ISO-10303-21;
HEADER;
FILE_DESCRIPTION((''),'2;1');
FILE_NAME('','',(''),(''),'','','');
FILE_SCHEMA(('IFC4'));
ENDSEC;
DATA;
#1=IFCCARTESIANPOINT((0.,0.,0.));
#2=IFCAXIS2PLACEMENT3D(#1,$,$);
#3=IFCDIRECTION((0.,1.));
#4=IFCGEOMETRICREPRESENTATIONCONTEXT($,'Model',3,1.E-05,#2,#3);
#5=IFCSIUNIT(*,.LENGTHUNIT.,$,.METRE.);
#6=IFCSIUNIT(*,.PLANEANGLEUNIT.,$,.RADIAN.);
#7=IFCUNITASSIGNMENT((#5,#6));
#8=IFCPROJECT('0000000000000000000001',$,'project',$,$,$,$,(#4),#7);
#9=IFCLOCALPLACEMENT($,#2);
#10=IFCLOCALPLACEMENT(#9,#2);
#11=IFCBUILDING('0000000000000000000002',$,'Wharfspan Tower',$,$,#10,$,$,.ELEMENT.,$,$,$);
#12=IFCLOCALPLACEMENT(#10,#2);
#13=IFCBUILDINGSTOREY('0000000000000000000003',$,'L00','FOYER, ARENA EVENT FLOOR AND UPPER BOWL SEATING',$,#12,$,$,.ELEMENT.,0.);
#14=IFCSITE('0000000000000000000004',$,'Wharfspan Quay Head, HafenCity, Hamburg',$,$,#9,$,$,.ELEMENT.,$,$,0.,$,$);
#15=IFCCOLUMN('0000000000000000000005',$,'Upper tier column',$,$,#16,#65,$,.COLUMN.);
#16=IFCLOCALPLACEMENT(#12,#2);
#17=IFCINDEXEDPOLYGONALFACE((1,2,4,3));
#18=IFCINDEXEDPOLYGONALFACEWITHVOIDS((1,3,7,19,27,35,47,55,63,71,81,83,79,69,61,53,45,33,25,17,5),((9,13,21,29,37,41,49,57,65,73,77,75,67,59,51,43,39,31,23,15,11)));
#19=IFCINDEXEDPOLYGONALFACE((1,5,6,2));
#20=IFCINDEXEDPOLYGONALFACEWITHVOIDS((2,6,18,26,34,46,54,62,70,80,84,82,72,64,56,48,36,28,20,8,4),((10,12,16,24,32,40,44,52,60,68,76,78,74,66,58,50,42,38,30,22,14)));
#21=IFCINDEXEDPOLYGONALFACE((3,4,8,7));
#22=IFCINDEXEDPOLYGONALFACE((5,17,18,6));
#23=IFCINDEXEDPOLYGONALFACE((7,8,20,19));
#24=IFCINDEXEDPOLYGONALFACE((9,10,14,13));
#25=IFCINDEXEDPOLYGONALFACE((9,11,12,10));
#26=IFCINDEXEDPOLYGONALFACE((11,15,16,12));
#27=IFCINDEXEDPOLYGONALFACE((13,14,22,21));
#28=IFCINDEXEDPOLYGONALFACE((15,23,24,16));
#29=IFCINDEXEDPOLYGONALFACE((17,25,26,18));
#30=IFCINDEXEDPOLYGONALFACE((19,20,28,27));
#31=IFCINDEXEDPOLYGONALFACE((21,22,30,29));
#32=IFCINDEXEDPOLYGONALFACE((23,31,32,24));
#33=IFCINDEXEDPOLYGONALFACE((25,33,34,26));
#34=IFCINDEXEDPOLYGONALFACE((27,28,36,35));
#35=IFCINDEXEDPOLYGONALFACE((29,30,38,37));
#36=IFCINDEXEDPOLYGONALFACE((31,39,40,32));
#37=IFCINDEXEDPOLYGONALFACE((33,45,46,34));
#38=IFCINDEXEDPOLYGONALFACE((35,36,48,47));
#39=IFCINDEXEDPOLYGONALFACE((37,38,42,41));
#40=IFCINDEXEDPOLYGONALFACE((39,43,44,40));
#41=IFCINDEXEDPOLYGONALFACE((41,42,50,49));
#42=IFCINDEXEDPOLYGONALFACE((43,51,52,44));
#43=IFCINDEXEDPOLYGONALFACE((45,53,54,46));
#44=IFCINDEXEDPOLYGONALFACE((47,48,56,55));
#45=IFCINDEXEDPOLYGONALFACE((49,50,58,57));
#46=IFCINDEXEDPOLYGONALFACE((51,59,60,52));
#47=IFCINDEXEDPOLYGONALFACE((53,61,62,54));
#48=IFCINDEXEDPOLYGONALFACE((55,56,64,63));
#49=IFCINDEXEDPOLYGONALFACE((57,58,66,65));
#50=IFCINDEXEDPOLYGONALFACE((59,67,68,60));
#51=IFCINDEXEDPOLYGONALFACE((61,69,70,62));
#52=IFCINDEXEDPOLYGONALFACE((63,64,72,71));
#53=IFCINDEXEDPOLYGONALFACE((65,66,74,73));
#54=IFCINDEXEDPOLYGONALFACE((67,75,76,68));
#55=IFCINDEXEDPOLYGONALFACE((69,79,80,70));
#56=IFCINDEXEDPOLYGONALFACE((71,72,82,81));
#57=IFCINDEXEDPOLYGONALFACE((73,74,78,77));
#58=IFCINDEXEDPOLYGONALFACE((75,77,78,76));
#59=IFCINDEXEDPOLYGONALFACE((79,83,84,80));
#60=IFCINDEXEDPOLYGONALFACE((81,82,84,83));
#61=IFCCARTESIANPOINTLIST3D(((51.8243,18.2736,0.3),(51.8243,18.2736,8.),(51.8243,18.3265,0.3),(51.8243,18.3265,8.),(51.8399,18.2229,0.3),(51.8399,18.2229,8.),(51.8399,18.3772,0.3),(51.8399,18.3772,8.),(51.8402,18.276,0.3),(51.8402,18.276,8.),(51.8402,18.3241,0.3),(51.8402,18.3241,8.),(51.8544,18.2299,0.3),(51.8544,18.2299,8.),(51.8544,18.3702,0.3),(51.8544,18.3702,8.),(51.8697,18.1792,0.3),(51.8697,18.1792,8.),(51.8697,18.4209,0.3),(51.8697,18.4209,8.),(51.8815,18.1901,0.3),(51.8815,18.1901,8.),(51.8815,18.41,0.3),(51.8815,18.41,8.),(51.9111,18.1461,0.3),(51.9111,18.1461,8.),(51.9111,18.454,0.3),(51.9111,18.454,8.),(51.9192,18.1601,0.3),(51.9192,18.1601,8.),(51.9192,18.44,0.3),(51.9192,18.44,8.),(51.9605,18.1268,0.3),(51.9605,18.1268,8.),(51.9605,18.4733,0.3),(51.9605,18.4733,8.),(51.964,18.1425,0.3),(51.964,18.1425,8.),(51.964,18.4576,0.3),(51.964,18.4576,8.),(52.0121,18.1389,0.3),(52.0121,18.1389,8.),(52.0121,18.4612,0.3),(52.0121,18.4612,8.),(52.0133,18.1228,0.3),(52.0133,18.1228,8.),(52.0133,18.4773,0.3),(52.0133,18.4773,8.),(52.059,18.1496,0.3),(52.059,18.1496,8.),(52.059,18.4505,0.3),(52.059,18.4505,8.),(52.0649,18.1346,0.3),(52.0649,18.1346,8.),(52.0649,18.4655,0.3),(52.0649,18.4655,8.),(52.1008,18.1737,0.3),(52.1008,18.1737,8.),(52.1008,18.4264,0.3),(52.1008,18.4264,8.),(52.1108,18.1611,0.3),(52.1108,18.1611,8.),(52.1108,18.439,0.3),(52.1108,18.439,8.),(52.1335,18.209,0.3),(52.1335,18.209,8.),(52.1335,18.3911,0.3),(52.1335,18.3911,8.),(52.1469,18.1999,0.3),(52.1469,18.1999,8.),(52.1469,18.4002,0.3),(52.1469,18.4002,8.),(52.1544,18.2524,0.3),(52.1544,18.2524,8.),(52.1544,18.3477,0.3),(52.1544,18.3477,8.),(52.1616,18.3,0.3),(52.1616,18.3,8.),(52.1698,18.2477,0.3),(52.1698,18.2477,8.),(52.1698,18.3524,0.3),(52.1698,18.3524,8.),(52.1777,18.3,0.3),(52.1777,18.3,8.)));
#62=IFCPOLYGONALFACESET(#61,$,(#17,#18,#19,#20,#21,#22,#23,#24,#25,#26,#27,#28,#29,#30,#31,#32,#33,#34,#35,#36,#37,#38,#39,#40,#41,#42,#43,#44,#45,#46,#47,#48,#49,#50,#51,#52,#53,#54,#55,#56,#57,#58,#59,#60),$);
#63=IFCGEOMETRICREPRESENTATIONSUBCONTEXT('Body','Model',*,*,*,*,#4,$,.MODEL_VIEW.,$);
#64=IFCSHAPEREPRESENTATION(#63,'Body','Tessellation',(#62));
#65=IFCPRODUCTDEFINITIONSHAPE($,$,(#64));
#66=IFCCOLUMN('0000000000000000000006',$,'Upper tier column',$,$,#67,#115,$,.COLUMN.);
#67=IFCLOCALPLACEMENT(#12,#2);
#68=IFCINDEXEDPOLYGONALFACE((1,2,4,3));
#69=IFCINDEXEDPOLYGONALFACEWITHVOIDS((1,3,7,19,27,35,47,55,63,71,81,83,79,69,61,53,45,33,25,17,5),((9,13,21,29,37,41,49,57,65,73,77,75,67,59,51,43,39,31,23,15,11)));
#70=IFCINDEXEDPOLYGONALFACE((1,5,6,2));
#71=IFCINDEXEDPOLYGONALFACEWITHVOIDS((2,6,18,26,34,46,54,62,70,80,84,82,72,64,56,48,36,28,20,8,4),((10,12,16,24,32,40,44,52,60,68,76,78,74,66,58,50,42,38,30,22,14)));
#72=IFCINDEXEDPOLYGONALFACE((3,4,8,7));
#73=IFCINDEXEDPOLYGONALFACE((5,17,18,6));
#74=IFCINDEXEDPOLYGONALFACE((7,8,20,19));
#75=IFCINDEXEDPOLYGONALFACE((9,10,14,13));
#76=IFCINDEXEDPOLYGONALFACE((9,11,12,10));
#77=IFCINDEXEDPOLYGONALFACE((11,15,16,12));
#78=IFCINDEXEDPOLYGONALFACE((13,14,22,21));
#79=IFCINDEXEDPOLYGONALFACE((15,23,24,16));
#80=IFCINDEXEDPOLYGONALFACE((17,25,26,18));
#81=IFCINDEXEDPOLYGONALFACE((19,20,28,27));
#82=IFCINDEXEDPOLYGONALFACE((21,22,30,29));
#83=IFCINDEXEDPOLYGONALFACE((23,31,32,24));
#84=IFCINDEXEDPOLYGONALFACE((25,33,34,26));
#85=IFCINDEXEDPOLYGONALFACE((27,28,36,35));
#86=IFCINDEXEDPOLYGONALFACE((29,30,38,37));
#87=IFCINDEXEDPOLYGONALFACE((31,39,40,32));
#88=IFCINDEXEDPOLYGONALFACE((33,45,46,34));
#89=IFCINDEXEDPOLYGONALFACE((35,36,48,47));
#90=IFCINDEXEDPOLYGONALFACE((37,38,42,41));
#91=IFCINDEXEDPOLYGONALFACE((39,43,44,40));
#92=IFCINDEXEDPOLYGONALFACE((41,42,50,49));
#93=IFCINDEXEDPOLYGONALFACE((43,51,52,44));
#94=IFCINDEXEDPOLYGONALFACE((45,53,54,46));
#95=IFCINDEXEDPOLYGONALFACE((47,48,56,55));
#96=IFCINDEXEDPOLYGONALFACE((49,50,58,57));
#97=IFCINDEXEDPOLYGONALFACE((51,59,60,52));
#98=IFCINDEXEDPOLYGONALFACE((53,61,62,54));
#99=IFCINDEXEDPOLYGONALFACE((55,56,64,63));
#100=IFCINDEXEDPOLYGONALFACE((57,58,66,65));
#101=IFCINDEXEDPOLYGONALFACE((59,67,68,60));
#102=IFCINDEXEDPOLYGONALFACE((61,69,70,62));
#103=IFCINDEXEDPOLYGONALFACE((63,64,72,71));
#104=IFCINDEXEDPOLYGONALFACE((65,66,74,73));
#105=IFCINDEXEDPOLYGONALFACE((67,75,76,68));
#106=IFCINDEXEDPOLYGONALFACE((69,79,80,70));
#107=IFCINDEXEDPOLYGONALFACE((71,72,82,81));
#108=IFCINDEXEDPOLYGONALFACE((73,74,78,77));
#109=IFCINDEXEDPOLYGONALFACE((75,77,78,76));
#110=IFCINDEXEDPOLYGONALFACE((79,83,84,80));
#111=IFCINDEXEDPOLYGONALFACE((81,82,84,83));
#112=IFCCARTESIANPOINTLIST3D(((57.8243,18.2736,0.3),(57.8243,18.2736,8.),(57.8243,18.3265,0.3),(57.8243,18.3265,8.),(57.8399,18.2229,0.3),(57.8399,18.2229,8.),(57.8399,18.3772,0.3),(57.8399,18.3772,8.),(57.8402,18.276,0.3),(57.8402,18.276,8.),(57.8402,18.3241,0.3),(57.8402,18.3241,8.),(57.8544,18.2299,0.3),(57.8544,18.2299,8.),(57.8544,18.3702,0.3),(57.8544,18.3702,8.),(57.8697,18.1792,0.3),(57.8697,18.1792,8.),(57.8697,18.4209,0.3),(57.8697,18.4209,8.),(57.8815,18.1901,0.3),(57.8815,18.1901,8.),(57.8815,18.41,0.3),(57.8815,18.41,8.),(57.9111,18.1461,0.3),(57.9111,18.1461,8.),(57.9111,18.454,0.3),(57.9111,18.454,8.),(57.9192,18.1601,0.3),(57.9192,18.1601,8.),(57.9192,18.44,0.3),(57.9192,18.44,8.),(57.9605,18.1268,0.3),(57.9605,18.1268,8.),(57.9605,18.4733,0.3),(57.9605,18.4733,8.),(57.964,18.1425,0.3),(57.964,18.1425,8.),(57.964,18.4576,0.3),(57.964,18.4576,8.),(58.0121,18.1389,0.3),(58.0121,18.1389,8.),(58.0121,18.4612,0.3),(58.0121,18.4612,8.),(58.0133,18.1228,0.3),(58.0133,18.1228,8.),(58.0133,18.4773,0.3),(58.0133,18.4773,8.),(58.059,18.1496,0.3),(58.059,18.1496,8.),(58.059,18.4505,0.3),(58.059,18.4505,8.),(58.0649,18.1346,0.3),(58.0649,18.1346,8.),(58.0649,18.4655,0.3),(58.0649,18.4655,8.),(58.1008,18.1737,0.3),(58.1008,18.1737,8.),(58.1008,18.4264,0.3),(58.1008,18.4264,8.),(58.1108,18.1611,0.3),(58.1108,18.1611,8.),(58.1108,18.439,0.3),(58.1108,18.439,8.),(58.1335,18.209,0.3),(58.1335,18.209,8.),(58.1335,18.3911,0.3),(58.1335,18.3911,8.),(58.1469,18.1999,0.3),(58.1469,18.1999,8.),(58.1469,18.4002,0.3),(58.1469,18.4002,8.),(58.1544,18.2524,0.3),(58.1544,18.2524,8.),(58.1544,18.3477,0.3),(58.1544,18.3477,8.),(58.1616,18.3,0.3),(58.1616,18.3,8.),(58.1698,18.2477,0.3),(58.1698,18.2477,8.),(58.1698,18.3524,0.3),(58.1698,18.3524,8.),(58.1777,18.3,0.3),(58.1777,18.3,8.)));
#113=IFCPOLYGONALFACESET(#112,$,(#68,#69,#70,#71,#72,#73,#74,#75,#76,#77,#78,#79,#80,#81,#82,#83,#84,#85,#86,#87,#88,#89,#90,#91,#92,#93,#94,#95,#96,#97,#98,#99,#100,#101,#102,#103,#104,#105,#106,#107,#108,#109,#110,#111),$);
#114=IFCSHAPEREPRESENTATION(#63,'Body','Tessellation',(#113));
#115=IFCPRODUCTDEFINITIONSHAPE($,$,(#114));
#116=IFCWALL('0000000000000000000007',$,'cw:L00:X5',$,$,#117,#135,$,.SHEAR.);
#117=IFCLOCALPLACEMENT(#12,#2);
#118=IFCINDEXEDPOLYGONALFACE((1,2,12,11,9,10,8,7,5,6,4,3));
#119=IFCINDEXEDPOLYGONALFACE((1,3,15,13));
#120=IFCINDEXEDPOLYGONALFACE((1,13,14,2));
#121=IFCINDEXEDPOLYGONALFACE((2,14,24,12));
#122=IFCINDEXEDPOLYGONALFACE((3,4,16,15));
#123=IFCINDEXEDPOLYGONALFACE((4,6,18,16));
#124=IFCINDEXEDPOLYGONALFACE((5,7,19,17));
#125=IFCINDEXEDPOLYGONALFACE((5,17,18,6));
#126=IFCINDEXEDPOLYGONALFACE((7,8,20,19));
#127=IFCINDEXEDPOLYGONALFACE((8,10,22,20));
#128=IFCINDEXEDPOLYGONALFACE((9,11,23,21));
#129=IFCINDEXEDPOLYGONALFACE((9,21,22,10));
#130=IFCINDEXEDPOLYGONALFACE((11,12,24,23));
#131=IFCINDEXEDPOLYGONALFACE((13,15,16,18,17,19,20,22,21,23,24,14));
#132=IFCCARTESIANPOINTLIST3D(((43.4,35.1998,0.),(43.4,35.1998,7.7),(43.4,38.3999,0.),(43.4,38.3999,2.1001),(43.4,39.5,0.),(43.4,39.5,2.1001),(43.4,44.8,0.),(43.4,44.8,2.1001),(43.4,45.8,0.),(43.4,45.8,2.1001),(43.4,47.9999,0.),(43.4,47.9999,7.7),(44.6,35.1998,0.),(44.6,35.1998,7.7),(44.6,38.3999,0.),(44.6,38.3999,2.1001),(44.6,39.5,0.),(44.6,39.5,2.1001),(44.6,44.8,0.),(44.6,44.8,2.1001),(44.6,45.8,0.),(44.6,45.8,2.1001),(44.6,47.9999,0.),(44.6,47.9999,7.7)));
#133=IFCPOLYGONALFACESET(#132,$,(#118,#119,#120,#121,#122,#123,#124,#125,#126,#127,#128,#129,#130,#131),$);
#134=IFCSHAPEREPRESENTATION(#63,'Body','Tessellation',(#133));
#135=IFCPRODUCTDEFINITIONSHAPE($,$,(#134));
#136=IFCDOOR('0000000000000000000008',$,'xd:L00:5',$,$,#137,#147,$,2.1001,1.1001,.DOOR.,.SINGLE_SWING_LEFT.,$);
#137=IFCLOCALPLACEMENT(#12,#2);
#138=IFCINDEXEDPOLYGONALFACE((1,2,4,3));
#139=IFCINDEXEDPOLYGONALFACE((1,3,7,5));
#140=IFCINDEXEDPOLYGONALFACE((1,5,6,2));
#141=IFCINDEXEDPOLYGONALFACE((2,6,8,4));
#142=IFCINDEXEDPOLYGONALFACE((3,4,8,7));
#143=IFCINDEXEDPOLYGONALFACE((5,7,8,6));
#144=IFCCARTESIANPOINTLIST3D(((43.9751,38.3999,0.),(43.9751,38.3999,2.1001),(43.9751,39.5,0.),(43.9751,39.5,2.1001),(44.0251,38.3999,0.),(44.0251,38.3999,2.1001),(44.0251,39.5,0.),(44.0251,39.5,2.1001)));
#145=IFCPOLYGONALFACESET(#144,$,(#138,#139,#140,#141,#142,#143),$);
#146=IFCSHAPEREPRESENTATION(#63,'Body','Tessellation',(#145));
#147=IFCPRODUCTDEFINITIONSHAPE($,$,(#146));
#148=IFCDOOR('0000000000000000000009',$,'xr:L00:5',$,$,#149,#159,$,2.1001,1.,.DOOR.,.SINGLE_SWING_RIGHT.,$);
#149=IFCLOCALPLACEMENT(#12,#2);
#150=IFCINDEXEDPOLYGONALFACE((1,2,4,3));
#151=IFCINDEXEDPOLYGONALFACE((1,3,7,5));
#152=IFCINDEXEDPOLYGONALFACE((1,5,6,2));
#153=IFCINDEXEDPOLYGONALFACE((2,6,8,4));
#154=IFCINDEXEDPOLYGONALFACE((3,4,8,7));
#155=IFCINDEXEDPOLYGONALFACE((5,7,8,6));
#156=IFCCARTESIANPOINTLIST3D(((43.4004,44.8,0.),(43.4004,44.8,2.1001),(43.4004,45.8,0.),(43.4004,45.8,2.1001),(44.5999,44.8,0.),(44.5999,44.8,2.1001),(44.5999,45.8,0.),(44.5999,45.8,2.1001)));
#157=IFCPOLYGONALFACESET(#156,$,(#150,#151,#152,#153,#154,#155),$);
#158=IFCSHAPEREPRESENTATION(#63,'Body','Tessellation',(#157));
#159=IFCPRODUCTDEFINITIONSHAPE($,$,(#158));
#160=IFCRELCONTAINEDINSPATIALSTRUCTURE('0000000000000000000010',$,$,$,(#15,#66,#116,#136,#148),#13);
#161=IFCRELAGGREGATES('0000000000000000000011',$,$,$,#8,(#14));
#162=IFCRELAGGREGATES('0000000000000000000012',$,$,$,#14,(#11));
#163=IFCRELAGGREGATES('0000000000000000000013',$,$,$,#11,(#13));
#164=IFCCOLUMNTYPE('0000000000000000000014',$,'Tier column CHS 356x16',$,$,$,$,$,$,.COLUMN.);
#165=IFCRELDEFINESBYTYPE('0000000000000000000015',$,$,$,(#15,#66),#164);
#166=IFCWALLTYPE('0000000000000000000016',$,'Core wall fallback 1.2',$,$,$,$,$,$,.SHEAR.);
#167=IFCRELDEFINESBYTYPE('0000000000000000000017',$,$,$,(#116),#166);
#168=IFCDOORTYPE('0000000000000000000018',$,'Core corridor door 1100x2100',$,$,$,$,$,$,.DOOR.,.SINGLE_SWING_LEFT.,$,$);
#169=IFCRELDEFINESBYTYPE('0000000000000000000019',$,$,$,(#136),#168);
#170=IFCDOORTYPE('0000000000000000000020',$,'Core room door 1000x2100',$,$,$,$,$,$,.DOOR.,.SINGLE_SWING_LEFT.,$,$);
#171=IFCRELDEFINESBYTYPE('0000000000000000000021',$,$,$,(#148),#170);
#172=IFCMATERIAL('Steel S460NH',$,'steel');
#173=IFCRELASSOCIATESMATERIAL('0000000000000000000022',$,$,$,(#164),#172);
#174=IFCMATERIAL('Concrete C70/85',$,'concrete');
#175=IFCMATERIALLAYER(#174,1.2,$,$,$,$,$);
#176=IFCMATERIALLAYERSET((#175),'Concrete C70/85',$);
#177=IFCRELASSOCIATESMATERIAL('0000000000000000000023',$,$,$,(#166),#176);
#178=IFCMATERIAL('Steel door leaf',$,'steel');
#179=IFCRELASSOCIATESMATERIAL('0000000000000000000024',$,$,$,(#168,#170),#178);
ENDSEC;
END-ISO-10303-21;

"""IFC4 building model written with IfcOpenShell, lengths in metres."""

from ifc_helpers import new_model, si_unit, direction, frame, frame_2d, origin, origin_2d, place, context, subcontext, project, spatial, rectangle, hollow_circle, extrude, material, layer, layer_set, material_profile, profile_set, type_object, element, fill, save


model = new_model("IFC4")

# Units and contexts
model_context = context("Model", 3, precision=1e-05, world=origin(), true_north=direction((0.0, 1.0)))
body_context = subcontext(model_context, "Body", "Model", "MODEL_VIEW")
ifc_project = project(units=[si_unit("LENGTHUNIT", "METRE"), si_unit("PLANEANGLEUNIT", "RADIAN")], contexts=[model_context])

# Site, building, storey
site_placement = place(None, origin())
site = spatial("IfcSite", under=ifc_project, at=site_placement, Name="Wharfspan Quay Head, HafenCity, Hamburg", CompositionType="ELEMENT", RefElevation=0.0)
building_placement = place(site_placement, origin())
building = spatial("IfcBuilding", under=site, at=building_placement, Name="Wharfspan Tower", CompositionType="ELEMENT")
storey_placement = place(building_placement, origin())
storey = spatial("IfcBuildingStorey", under=building, at=storey_placement, Name="L00", Description="FOYER, ARENA EVENT FLOOR AND UPPER BOWL SEATING", CompositionType="ELEMENT", Elevation=0.0)

# Columns
ifc_material_1 = material(Name="Steel S460NH", Category="steel")
ifc_material_profile_1 = material_profile(ifc_material_1, hollow_circle(Radius=0.1777, WallThickness=0.0161, at=origin_2d()))
ifc_profile_set_1 = profile_set([ifc_material_profile_1], Name="Steel S460NH")
column_type_1 = type_object("IfcColumnType", Name="Tier column CHS 356x16", PredefinedType="COLUMN", material=ifc_profile_set_1)
for number, where, z_axis, x_axis, name in (
    (1, (52.0, 18.3, 0.3), (0.0, 0.0, 1.0), (1.0, 0.0, 0.0), "Upper tier column"),
    (2, (58.0, 18.3, 0.3), (0.0, 0.0, 1.0), (1.0, 0.0, 0.0), "Upper tier column"),
):
    element("IfcColumn", number, at=place(storey_placement, frame(where, z_axis=z_axis, x_axis=x_axis)), inside=storey, type_object=column_type_1, Name=name, PredefinedType="COLUMN", context=body_context, shape_type="SweptSolid", body=[
        extrude(hollow_circle(Radius=0.1777, WallThickness=0.0161, at=origin_2d()), origin(), (0.0, 0.0, 1.0), 7.7),
    ])

# Wall, openings, doors
ifc_material_2 = material(Name="Concrete C70/85", Category="concrete")
ifc_layer_1 = layer(ifc_material_2, 1.2)
ifc_layer_set_1 = layer_set([ifc_layer_1], Name="Concrete C70/85")
wall_type_1 = type_object("IfcWallType", Name="Core wall fallback 1.2", PredefinedType="SHEAR", material=ifc_layer_set_1)
wall_1_placement = place(storey_placement, frame((44.0, 35.2, 0.0), z_axis=(0.0, 0.0, 1.0), x_axis=(0.0, 1.0, 0.0)))
wall_1 = element("IfcWall", 3, at=wall_1_placement, inside=storey, type_object=wall_type_1, Name="cw:L00:X5", PredefinedType="SHEAR", context=body_context, shape_type="SweptSolid", body=[
    extrude(rectangle(XDim=12.8, YDim=1.2, at=frame_2d((6.3999, 0.0))), origin(), (0.0, 0.0, 1.0), 7.7),
])
opening_1_placement = place(wall_1_placement, frame((3.2, 0.0, 0.0)))
opening_1 = element("IfcOpeningElement", 4, at=opening_1_placement, cuts=wall_1, PredefinedType="OPENING", context=body_context, shape_type="SweptSolid", body=[
    extrude(rectangle(XDim=1.1001, YDim=2.1001, at=frame_2d((0.55, 1.05))), frame((0.0, 0.6099, 0.0), z_axis=(0.0, -1.0, 0.0), x_axis=(1.0, 0.0, 0.0)), (0.0, 0.0, 1.0), 1.22),
])
opening_2_placement = place(wall_1_placement, frame((9.6001, 0.0, 0.0)))
opening_2 = element("IfcOpeningElement", 5, at=opening_2_placement, cuts=wall_1, PredefinedType="OPENING", context=body_context, shape_type="SweptSolid", body=[
    extrude(rectangle(XDim=1.0, YDim=2.1001, at=frame_2d((0.5, 1.05))), frame((0.0, 0.6099, 0.0), z_axis=(0.0, -1.0, 0.0), x_axis=(1.0, 0.0, 0.0)), (0.0, 0.0, 1.0), 1.22),
])
ifc_material_3 = material(Name="Steel door leaf", Category="steel")
door_type_1 = type_object("IfcDoorType", Name="Core corridor door 1100x2100", OperationType="SINGLE_SWING_LEFT", PredefinedType="DOOR", material=ifc_material_3)
door_1_placement = place(opening_1_placement, origin())
door_1 = element("IfcDoor", 6, at=door_1_placement, inside=storey, type_object=door_type_1, Name="xd:L00:5", OperationType="SINGLE_SWING_LEFT", OverallHeight=2.1001, OverallWidth=1.1001, PredefinedType="DOOR", context=body_context, shape_type="SweptSolid", body=[
    extrude(rectangle(XDim=1.1001, YDim=2.1001, at=frame_2d((0.55, 1.05))), frame((0.0, 0.0249, 0.0), z_axis=(0.0, -1.0, 0.0), x_axis=(1.0, 0.0, 0.0)), (0.0, 0.0, 1.0), 0.05),
])
fill(opening_1, door_1)
door_type_2 = type_object("IfcDoorType", Name="Core room door 1000x2100", OperationType="SINGLE_SWING_LEFT", PredefinedType="DOOR", material=ifc_material_3)
door_2_placement = place(opening_2_placement, origin())
door_2 = element("IfcDoor", 7, at=door_2_placement, inside=storey, type_object=door_type_2, Name="xr:L00:5", OperationType="SINGLE_SWING_RIGHT", OverallHeight=2.1001, OverallWidth=1.0, PredefinedType="DOOR", context=body_context, shape_type="SweptSolid", body=[
    extrude(rectangle(XDim=1.0, YDim=2.1001, at=frame_2d((0.5, 1.05))), frame((0.0, 0.5996, 0.0), z_axis=(0.0, -1.0, 0.0), x_axis=(1.0, 0.0, 0.0)), (0.0, 0.0, 1.0), 1.1995),
])
fill(opening_2, door_2)

save(model, "model.ifc")
